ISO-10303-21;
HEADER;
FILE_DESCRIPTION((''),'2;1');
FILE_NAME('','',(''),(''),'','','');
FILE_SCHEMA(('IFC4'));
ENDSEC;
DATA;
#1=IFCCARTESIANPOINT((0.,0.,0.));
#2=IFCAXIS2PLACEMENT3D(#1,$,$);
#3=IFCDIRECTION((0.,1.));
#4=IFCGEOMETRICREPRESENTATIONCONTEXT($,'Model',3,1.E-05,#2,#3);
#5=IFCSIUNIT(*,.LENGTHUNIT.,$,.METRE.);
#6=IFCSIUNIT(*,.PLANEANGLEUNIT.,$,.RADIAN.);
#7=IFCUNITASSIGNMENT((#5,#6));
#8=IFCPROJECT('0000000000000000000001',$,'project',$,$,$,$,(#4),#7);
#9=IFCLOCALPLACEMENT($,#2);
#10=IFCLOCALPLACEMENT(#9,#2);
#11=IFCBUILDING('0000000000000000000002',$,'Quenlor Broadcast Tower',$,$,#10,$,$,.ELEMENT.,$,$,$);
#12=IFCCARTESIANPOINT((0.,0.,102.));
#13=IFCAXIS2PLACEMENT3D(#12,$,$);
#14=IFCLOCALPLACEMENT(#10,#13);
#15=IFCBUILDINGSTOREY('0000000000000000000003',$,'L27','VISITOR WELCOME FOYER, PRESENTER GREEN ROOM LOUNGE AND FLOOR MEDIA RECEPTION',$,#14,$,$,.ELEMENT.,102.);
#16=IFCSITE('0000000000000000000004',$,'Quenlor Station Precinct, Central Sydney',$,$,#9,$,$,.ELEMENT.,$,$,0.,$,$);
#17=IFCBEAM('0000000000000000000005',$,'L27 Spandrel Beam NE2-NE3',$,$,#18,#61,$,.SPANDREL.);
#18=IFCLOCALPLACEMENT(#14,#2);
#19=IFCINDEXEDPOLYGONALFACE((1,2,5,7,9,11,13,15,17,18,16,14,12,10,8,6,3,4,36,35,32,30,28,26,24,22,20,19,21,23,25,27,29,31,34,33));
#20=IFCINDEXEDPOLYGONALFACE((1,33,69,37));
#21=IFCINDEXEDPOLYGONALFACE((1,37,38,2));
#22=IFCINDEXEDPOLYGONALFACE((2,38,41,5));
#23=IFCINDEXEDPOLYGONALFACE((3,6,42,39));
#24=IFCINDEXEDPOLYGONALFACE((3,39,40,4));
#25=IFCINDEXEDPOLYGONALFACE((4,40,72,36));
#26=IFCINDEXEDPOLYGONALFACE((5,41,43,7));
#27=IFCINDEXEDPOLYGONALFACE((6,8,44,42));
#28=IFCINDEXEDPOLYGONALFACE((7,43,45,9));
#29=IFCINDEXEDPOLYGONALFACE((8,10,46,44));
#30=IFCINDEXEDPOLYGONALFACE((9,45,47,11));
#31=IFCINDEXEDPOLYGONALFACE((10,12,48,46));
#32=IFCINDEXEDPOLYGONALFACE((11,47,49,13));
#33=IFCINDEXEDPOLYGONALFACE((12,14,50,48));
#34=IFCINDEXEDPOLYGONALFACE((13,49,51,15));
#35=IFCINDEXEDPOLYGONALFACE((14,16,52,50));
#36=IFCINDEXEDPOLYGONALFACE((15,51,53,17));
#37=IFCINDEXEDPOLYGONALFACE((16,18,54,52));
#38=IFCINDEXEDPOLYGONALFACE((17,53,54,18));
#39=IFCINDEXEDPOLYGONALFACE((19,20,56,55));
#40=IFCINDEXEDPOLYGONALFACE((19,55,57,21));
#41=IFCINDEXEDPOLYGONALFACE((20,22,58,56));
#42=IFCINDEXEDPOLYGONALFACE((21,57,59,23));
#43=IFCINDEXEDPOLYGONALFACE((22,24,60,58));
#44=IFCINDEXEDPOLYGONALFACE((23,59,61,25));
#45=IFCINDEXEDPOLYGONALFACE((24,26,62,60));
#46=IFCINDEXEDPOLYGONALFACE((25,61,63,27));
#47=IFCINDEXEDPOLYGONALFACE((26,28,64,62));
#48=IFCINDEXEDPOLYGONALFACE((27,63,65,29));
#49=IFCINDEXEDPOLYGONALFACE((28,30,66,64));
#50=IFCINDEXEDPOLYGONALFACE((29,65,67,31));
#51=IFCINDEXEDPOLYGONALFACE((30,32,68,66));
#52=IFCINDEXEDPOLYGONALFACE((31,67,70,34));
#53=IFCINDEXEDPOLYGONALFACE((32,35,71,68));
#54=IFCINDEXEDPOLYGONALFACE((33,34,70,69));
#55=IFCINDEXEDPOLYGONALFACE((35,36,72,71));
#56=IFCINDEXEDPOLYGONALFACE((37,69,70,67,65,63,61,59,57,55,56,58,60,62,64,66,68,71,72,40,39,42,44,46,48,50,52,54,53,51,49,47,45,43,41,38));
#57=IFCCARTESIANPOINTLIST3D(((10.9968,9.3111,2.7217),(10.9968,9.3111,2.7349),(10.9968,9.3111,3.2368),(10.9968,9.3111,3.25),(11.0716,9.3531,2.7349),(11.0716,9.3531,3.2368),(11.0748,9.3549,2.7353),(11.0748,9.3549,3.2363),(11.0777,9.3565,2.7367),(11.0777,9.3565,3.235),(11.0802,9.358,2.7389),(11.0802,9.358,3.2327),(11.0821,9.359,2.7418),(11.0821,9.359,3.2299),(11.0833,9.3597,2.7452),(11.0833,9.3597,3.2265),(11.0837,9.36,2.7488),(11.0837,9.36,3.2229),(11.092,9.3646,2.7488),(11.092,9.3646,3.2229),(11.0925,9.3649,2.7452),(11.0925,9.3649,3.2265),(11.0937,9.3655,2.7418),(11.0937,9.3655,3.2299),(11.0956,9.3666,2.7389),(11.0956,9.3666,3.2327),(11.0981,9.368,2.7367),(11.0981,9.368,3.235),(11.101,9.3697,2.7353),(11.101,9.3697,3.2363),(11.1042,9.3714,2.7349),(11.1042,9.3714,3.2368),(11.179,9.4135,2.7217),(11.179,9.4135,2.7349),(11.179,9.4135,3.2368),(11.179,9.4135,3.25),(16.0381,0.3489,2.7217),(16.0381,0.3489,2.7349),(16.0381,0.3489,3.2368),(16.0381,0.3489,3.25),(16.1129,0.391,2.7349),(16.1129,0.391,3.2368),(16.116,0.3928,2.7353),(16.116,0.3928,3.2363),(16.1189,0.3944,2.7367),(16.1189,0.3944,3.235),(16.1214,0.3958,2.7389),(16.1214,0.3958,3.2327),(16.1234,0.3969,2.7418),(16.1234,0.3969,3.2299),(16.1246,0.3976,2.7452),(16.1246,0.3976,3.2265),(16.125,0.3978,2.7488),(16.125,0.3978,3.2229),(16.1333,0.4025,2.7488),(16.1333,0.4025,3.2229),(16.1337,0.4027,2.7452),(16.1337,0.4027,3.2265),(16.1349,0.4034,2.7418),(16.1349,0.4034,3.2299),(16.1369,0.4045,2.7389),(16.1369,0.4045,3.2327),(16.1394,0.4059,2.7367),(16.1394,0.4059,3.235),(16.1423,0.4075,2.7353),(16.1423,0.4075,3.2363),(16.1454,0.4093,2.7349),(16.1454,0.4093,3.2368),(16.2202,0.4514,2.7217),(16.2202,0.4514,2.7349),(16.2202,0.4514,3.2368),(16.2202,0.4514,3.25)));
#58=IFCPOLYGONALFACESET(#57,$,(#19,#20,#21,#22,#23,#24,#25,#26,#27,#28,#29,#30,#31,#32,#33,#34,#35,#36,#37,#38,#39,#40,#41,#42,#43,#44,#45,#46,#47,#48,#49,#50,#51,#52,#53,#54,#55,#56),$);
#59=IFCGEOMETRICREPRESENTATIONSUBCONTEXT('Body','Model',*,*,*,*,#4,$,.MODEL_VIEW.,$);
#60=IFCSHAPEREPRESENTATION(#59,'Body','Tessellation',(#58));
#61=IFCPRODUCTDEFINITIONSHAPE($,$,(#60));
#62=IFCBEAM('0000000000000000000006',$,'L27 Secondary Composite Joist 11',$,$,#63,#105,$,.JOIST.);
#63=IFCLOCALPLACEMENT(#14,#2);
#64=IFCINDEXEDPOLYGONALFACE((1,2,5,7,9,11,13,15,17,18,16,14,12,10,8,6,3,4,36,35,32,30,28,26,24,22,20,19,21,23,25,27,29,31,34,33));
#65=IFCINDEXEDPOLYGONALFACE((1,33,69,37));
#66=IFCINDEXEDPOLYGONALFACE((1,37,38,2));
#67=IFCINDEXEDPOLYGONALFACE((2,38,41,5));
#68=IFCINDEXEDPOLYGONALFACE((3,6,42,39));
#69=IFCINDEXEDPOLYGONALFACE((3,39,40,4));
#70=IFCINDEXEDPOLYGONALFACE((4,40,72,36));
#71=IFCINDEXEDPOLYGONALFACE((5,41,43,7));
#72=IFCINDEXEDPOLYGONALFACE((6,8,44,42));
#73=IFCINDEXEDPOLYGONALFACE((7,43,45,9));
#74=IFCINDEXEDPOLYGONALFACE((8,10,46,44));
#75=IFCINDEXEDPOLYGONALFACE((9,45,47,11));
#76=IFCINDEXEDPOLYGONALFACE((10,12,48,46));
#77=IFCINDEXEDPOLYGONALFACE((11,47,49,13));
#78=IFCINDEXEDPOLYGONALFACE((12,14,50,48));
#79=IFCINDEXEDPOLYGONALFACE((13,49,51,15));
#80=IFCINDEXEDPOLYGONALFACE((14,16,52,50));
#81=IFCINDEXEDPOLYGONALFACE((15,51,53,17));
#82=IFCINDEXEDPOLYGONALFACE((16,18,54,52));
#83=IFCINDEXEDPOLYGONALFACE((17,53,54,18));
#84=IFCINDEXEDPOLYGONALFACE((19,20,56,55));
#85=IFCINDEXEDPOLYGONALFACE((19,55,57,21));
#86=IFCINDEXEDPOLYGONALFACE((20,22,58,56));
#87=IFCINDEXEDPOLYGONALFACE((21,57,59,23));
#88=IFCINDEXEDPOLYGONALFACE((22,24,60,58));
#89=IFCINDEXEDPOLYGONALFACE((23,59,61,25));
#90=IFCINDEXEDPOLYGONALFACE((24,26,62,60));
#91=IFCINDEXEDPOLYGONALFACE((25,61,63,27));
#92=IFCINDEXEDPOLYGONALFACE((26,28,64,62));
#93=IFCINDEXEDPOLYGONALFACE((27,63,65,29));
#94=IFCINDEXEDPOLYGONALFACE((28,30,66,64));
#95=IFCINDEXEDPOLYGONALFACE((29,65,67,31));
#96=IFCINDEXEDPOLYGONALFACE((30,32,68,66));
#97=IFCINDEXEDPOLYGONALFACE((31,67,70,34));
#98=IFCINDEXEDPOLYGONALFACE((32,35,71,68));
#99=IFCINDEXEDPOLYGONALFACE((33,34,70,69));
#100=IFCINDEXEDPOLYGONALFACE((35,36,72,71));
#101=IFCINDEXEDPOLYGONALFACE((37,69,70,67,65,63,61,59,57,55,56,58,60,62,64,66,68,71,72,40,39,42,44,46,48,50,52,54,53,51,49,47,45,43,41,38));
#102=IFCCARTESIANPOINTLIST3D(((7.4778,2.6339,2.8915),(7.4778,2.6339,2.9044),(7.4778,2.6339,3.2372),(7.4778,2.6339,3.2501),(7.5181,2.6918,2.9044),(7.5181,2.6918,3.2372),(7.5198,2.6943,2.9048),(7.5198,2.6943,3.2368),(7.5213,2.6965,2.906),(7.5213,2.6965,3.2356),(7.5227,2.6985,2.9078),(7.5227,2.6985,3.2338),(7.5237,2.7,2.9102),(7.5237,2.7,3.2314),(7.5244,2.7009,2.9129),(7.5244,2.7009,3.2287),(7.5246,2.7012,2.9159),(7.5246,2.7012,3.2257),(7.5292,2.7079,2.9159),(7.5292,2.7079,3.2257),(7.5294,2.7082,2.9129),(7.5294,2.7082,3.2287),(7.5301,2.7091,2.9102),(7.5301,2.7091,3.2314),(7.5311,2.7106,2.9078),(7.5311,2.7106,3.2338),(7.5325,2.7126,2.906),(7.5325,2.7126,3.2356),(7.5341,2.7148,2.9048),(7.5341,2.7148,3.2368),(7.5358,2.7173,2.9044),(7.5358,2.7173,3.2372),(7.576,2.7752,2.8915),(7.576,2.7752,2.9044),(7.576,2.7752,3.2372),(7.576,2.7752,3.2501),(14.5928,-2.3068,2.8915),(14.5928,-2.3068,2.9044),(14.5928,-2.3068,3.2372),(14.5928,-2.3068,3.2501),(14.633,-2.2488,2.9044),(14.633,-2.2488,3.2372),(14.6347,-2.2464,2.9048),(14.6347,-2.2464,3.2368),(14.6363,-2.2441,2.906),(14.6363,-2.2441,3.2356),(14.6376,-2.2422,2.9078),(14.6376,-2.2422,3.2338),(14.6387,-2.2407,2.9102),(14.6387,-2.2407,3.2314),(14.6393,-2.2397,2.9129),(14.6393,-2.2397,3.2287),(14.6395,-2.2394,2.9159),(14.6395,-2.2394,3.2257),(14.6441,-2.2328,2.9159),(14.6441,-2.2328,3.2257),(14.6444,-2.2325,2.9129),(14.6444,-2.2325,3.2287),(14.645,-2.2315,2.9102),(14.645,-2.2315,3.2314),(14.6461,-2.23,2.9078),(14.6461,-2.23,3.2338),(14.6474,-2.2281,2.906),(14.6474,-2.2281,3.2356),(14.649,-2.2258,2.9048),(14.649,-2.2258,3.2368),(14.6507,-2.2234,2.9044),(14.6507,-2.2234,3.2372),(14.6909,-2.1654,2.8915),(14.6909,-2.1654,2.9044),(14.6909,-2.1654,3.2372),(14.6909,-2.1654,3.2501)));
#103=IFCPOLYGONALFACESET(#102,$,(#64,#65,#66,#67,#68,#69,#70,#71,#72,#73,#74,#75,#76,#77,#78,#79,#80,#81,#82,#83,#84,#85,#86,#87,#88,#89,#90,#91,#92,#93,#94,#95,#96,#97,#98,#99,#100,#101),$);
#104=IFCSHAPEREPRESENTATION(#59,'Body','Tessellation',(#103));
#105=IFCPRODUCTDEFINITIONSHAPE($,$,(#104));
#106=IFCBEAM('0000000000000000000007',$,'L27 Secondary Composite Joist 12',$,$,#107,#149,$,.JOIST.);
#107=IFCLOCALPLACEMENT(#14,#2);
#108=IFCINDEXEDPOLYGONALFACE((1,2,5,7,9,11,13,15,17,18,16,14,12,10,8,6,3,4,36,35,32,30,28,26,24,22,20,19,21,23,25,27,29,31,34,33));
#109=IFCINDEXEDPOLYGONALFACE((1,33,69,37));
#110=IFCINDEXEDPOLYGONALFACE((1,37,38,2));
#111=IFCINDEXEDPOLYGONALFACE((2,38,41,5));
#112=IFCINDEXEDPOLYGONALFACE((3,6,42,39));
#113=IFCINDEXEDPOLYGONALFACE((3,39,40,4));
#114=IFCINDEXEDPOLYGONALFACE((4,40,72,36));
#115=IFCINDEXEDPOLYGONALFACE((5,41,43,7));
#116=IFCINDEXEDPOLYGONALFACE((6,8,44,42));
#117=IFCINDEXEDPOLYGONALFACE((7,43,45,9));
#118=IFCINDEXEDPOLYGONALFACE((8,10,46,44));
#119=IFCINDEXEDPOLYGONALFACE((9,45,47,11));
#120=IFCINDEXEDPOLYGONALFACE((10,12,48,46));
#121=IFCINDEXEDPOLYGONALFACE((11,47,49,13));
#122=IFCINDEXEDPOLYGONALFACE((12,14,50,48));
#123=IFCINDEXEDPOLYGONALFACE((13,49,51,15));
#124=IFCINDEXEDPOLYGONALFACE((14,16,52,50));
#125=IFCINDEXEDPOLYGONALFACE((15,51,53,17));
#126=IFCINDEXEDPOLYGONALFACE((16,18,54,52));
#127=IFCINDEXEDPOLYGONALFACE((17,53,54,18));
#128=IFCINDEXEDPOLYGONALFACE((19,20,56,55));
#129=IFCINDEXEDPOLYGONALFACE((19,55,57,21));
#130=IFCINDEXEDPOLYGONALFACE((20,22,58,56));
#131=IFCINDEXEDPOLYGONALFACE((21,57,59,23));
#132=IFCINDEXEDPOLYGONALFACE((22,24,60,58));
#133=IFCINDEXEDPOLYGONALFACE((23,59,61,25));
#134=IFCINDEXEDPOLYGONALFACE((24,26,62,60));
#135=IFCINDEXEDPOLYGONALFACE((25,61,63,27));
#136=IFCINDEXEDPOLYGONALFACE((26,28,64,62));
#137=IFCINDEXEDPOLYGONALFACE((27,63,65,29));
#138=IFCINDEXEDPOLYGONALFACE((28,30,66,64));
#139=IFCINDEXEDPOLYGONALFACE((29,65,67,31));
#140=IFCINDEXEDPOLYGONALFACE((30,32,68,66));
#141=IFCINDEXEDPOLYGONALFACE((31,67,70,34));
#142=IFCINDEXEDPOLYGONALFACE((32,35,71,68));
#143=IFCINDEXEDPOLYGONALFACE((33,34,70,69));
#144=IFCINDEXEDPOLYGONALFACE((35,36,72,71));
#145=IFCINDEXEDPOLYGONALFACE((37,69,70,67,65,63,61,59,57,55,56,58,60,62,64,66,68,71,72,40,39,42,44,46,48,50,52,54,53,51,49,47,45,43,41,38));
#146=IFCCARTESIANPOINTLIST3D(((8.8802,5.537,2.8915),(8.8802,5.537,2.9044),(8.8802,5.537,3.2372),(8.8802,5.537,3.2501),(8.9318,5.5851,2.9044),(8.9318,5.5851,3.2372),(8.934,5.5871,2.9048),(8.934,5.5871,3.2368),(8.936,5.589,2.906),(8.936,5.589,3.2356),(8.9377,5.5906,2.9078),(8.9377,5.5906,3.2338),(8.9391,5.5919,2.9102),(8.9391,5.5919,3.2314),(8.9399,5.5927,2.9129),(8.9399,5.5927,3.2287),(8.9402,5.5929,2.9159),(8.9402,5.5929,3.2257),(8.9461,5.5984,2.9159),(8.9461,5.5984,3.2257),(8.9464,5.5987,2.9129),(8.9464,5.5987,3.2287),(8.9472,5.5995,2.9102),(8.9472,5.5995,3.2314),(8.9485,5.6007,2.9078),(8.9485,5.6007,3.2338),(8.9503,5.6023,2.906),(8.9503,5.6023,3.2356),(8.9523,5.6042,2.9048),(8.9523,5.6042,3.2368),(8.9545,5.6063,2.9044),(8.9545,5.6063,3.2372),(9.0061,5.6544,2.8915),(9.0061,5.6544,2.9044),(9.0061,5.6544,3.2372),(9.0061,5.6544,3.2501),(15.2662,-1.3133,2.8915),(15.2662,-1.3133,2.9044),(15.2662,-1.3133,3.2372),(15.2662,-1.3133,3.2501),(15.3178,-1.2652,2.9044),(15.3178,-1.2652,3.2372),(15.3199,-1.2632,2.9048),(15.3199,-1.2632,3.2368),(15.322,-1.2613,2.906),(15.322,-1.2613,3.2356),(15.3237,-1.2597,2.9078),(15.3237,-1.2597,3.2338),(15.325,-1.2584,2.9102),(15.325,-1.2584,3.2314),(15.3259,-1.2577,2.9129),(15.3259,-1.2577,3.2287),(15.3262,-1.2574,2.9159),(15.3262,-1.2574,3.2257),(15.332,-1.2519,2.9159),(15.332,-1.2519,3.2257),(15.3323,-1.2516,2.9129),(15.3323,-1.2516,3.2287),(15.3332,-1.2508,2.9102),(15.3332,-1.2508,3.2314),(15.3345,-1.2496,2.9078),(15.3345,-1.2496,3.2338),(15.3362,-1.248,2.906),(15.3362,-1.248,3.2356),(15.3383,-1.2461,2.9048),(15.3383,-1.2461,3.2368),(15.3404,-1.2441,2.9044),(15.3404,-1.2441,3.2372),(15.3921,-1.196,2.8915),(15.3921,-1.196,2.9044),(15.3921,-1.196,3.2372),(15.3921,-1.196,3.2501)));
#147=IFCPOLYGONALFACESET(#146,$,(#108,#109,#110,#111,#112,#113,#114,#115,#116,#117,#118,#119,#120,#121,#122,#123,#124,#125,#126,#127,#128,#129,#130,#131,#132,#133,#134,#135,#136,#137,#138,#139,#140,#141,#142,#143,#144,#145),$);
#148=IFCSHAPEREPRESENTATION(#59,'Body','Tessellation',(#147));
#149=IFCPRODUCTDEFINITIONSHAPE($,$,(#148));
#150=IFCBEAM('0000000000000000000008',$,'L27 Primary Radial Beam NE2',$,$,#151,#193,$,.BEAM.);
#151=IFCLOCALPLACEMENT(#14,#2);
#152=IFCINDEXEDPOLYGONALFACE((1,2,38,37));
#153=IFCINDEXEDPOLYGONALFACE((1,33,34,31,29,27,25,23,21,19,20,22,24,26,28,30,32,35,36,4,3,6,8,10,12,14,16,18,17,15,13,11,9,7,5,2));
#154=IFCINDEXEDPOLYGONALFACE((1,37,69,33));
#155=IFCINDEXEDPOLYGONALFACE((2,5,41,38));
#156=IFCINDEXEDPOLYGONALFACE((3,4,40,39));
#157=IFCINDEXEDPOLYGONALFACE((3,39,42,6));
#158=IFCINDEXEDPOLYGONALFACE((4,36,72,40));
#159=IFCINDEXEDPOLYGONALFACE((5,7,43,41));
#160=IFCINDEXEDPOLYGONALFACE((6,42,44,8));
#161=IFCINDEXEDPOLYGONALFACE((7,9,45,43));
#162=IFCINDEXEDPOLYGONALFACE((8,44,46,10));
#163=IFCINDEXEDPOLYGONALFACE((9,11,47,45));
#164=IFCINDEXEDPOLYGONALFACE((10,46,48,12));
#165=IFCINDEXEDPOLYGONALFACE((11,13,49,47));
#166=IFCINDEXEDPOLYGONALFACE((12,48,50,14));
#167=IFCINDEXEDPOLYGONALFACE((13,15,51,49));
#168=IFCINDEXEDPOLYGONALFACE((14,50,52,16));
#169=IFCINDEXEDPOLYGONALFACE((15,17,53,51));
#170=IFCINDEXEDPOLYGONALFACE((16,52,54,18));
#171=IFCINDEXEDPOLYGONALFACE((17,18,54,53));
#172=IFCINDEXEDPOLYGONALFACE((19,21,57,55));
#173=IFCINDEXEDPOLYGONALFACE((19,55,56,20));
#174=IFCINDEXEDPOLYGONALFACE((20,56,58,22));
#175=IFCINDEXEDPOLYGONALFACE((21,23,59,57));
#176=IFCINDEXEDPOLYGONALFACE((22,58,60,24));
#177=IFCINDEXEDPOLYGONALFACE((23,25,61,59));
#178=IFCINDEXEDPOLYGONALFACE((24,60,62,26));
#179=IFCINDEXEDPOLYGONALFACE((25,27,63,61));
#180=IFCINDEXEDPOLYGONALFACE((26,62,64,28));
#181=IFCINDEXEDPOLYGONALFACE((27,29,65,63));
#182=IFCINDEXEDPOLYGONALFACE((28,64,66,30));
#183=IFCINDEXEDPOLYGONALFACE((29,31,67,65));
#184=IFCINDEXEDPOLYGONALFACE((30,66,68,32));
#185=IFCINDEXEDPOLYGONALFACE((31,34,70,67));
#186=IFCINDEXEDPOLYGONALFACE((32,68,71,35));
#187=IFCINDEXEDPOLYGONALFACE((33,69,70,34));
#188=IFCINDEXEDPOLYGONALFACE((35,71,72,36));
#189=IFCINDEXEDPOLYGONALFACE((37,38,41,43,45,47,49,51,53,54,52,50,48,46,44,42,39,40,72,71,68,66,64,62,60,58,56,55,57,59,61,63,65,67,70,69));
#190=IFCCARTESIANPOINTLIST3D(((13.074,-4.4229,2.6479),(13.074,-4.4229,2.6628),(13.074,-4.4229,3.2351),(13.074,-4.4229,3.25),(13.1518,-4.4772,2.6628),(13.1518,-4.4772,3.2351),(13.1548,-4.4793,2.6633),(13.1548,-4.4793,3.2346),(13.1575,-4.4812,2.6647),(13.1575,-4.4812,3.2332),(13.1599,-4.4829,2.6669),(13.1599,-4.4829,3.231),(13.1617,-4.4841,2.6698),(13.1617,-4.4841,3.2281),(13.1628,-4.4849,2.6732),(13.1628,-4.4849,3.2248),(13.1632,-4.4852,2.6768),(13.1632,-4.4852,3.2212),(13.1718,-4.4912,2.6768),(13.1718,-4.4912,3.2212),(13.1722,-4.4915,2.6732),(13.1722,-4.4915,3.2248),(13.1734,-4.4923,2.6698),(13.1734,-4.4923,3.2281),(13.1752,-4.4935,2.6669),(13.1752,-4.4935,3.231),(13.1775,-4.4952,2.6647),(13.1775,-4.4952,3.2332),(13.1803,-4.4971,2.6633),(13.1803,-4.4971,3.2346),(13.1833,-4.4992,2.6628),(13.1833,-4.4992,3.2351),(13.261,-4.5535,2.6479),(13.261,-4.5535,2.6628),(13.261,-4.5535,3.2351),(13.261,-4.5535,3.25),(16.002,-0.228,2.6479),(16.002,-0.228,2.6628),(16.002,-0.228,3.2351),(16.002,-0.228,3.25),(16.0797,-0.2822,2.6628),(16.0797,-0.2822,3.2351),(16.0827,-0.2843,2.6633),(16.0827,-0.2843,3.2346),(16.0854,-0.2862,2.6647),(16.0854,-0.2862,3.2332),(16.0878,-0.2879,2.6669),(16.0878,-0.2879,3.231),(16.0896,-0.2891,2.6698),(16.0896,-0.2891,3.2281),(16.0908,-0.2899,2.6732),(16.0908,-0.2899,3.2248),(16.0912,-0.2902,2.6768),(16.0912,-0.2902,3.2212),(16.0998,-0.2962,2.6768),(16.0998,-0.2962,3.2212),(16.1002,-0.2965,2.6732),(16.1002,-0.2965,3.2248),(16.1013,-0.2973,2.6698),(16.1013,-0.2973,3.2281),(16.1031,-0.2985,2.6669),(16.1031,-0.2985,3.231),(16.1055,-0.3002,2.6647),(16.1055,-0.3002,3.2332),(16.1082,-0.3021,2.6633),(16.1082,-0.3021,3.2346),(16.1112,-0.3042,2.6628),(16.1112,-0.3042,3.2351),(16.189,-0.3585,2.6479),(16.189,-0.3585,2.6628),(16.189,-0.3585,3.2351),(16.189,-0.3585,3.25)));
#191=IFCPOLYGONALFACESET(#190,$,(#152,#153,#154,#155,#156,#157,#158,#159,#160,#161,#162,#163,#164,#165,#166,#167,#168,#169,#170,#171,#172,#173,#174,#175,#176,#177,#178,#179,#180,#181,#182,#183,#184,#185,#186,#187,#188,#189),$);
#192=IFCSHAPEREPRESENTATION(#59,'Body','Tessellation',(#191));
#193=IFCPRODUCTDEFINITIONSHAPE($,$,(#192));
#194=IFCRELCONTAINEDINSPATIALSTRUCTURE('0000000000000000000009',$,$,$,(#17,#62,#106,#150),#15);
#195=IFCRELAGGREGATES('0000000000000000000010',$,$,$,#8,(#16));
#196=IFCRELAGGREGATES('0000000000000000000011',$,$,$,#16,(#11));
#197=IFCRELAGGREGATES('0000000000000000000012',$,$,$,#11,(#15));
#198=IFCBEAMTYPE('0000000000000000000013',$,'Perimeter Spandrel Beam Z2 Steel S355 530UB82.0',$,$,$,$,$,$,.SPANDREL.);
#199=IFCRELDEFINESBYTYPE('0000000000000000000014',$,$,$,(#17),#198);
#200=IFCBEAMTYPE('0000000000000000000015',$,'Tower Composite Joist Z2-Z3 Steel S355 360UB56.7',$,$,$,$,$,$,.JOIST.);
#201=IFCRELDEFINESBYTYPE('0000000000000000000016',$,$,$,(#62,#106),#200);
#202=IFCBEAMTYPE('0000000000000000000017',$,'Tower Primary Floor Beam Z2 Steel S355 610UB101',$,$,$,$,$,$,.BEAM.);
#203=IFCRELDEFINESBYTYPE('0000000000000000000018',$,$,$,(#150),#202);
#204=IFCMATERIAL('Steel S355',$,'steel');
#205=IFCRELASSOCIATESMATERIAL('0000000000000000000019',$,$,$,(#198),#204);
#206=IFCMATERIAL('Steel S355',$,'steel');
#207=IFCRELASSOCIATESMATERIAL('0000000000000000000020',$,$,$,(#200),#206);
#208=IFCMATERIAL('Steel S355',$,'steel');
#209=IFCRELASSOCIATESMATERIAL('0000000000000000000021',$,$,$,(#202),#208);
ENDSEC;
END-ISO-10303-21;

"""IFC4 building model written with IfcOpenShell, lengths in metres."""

from ifc_helpers import new_model, si_unit, direction, frame, origin, origin_2d, place, context, subcontext, project, spatial, i_section, extrude, material, material_profile, profile_set, type_object, element, save


model = new_model("IFC4")

# Units and contexts
model_context = context("Model", 3, precision=1e-05, world=origin(), true_north=direction((0.0, 1.0)))
body_context = subcontext(model_context, "Body", "Model", "MODEL_VIEW")
ifc_project = project(units=[si_unit("LENGTHUNIT", "METRE"), si_unit("PLANEANGLEUNIT", "RADIAN")], contexts=[model_context])

# Site, building, storey
site_placement = place(None, origin())
site = spatial("IfcSite", under=ifc_project, at=site_placement, Name="Quenlor Station Precinct, Central Sydney", CompositionType="ELEMENT", RefElevation=0.0)
building_placement = place(site_placement, origin())
building = spatial("IfcBuilding", under=site, at=building_placement, Name="Quenlor Broadcast Tower", CompositionType="ELEMENT")
storey_placement = place(building_placement, frame((0.0, 0.0, 102.0)))
storey = spatial("IfcBuildingStorey", under=building, at=storey_placement, Name="L27", Description="VISITOR WELCOME FOYER, PRESENTER GREEN ROOM LOUNGE AND FLOOR MEDIA RECEPTION", CompositionType="ELEMENT", Elevation=102.0)

# Beams
ifc_material_1 = material(Name="Steel S355", Category="steel")
ifc_material_profile_1 = material_profile(ifc_material_1, i_section(OverallWidth=0.209, OverallDepth=0.5283, WebThickness=0.0095, FlangeThickness=0.0132, FilletRadius=0.0139, at=origin_2d()))
ifc_profile_set_1 = profile_set([ifc_material_profile_1], Name="Steel S355 530UB82.0")
beam_type_1 = type_object("IfcBeamType", Name="Perimeter Spandrel Beam Z2 Steel S355 530UB82.0", PredefinedType="SPANDREL", material=ifc_profile_set_1)
beam_1_placement = place(storey_placement, frame((16.1292, 0.4001, 2.9858), z_axis=(-0.490265, 0.871574, 0.0), x_axis=(-0.871574, -0.490265, 0.0)))
element("IfcBeam", 1, at=beam_1_placement, inside=storey, type_object=beam_type_1, Name="L27 Spandrel Beam NE2-NE3", PredefinedType="SPANDREL", context=body_context, shape_type="SweptSolid", body=[
    extrude(i_section(OverallWidth=0.209, OverallDepth=0.5283, WebThickness=0.0095, FlangeThickness=0.0132, FilletRadius=0.0139, at=origin_2d()), origin(), (0.0, 0.0, 1.0), 10.2827),
])
ifc_material_2 = material(Name="Steel S355", Category="steel")
ifc_material_profile_2 = material_profile(ifc_material_2, i_section(OverallWidth=0.1721, OverallDepth=0.3586, WebThickness=0.0081, FlangeThickness=0.0129, FilletRadius=0.0115, at=origin_2d()))
ifc_profile_set_2 = profile_set([ifc_material_profile_2], Name="Steel S355 360UB56.7")
beam_type_2 = type_object("IfcBeamType", Name="Tower Composite Joist Z2-Z3 Steel S355 360UB56.7", PredefinedType="JOIST", material=ifc_profile_set_2)
beam_2_placement = place(storey_placement, frame((14.6418, -2.2361, 3.0708), z_axis=(-0.821386, 0.570373, 0.0), x_axis=(-0.570373, -0.821386, 0.0)))
element("IfcBeam", 2, at=beam_2_placement, inside=storey, type_object=beam_type_2, Name="L27 Secondary Composite Joist 11", PredefinedType="JOIST", context=body_context, shape_type="SweptSolid", body=[
    extrude(i_section(OverallWidth=0.1721, OverallDepth=0.3586, WebThickness=0.0081, FlangeThickness=0.0129, FilletRadius=0.0115, at=origin_2d()), origin(), (0.0, 0.0, 1.0), 8.6621),
])
beam_3_placement = place(storey_placement, frame((15.3291, -1.2546, 3.0708), z_axis=(-0.681881, 0.731463, 0.0), x_axis=(-0.731463, -0.681881, 0.0)))
element("IfcBeam", 3, at=beam_3_placement, inside=storey, type_object=beam_type_2, Name="L27 Secondary Composite Joist 12", PredefinedType="JOIST", context=body_context, shape_type="SweptSolid", body=[
    extrude(i_section(OverallWidth=0.1721, OverallDepth=0.3586, WebThickness=0.0081, FlangeThickness=0.0129, FilletRadius=0.0115, at=origin_2d()), origin(), (0.0, 0.0, 1.0), 9.3652),
])
ifc_material_3 = material(Name="Steel S355", Category="steel")
ifc_material_profile_3 = material_profile(ifc_material_3, i_section(OverallWidth=0.228, OverallDepth=0.6021, WebThickness=0.0105, FlangeThickness=0.0149, FilletRadius=0.0139, at=origin_2d()))
ifc_profile_set_3 = profile_set([ifc_material_profile_3], Name="Steel S355 610UB101")
beam_type_3 = type_object("IfcBeamType", Name="Tower Primary Floor Beam Z2 Steel S355 610UB101", PredefinedType="BEAM", material=ifc_profile_set_3)
beam_4_placement = place(storey_placement, frame((16.0955, -0.2932, 2.949), z_axis=(-0.572338, -0.820018, 0.0), x_axis=(0.820018, -0.572338, 0.0)))
element("IfcBeam", 4, at=beam_4_placement, inside=storey, type_object=beam_type_3, Name="L27 Primary Radial Beam NE2", PredefinedType="BEAM", context=body_context, shape_type="SweptSolid", body=[
    extrude(i_section(OverallWidth=0.228, OverallDepth=0.6021, WebThickness=0.0105, FlangeThickness=0.0149, FilletRadius=0.0139, at=origin_2d()), origin(), (0.0, 0.0, 1.0), 5.1157),
])

save(model, "model.ifc")
